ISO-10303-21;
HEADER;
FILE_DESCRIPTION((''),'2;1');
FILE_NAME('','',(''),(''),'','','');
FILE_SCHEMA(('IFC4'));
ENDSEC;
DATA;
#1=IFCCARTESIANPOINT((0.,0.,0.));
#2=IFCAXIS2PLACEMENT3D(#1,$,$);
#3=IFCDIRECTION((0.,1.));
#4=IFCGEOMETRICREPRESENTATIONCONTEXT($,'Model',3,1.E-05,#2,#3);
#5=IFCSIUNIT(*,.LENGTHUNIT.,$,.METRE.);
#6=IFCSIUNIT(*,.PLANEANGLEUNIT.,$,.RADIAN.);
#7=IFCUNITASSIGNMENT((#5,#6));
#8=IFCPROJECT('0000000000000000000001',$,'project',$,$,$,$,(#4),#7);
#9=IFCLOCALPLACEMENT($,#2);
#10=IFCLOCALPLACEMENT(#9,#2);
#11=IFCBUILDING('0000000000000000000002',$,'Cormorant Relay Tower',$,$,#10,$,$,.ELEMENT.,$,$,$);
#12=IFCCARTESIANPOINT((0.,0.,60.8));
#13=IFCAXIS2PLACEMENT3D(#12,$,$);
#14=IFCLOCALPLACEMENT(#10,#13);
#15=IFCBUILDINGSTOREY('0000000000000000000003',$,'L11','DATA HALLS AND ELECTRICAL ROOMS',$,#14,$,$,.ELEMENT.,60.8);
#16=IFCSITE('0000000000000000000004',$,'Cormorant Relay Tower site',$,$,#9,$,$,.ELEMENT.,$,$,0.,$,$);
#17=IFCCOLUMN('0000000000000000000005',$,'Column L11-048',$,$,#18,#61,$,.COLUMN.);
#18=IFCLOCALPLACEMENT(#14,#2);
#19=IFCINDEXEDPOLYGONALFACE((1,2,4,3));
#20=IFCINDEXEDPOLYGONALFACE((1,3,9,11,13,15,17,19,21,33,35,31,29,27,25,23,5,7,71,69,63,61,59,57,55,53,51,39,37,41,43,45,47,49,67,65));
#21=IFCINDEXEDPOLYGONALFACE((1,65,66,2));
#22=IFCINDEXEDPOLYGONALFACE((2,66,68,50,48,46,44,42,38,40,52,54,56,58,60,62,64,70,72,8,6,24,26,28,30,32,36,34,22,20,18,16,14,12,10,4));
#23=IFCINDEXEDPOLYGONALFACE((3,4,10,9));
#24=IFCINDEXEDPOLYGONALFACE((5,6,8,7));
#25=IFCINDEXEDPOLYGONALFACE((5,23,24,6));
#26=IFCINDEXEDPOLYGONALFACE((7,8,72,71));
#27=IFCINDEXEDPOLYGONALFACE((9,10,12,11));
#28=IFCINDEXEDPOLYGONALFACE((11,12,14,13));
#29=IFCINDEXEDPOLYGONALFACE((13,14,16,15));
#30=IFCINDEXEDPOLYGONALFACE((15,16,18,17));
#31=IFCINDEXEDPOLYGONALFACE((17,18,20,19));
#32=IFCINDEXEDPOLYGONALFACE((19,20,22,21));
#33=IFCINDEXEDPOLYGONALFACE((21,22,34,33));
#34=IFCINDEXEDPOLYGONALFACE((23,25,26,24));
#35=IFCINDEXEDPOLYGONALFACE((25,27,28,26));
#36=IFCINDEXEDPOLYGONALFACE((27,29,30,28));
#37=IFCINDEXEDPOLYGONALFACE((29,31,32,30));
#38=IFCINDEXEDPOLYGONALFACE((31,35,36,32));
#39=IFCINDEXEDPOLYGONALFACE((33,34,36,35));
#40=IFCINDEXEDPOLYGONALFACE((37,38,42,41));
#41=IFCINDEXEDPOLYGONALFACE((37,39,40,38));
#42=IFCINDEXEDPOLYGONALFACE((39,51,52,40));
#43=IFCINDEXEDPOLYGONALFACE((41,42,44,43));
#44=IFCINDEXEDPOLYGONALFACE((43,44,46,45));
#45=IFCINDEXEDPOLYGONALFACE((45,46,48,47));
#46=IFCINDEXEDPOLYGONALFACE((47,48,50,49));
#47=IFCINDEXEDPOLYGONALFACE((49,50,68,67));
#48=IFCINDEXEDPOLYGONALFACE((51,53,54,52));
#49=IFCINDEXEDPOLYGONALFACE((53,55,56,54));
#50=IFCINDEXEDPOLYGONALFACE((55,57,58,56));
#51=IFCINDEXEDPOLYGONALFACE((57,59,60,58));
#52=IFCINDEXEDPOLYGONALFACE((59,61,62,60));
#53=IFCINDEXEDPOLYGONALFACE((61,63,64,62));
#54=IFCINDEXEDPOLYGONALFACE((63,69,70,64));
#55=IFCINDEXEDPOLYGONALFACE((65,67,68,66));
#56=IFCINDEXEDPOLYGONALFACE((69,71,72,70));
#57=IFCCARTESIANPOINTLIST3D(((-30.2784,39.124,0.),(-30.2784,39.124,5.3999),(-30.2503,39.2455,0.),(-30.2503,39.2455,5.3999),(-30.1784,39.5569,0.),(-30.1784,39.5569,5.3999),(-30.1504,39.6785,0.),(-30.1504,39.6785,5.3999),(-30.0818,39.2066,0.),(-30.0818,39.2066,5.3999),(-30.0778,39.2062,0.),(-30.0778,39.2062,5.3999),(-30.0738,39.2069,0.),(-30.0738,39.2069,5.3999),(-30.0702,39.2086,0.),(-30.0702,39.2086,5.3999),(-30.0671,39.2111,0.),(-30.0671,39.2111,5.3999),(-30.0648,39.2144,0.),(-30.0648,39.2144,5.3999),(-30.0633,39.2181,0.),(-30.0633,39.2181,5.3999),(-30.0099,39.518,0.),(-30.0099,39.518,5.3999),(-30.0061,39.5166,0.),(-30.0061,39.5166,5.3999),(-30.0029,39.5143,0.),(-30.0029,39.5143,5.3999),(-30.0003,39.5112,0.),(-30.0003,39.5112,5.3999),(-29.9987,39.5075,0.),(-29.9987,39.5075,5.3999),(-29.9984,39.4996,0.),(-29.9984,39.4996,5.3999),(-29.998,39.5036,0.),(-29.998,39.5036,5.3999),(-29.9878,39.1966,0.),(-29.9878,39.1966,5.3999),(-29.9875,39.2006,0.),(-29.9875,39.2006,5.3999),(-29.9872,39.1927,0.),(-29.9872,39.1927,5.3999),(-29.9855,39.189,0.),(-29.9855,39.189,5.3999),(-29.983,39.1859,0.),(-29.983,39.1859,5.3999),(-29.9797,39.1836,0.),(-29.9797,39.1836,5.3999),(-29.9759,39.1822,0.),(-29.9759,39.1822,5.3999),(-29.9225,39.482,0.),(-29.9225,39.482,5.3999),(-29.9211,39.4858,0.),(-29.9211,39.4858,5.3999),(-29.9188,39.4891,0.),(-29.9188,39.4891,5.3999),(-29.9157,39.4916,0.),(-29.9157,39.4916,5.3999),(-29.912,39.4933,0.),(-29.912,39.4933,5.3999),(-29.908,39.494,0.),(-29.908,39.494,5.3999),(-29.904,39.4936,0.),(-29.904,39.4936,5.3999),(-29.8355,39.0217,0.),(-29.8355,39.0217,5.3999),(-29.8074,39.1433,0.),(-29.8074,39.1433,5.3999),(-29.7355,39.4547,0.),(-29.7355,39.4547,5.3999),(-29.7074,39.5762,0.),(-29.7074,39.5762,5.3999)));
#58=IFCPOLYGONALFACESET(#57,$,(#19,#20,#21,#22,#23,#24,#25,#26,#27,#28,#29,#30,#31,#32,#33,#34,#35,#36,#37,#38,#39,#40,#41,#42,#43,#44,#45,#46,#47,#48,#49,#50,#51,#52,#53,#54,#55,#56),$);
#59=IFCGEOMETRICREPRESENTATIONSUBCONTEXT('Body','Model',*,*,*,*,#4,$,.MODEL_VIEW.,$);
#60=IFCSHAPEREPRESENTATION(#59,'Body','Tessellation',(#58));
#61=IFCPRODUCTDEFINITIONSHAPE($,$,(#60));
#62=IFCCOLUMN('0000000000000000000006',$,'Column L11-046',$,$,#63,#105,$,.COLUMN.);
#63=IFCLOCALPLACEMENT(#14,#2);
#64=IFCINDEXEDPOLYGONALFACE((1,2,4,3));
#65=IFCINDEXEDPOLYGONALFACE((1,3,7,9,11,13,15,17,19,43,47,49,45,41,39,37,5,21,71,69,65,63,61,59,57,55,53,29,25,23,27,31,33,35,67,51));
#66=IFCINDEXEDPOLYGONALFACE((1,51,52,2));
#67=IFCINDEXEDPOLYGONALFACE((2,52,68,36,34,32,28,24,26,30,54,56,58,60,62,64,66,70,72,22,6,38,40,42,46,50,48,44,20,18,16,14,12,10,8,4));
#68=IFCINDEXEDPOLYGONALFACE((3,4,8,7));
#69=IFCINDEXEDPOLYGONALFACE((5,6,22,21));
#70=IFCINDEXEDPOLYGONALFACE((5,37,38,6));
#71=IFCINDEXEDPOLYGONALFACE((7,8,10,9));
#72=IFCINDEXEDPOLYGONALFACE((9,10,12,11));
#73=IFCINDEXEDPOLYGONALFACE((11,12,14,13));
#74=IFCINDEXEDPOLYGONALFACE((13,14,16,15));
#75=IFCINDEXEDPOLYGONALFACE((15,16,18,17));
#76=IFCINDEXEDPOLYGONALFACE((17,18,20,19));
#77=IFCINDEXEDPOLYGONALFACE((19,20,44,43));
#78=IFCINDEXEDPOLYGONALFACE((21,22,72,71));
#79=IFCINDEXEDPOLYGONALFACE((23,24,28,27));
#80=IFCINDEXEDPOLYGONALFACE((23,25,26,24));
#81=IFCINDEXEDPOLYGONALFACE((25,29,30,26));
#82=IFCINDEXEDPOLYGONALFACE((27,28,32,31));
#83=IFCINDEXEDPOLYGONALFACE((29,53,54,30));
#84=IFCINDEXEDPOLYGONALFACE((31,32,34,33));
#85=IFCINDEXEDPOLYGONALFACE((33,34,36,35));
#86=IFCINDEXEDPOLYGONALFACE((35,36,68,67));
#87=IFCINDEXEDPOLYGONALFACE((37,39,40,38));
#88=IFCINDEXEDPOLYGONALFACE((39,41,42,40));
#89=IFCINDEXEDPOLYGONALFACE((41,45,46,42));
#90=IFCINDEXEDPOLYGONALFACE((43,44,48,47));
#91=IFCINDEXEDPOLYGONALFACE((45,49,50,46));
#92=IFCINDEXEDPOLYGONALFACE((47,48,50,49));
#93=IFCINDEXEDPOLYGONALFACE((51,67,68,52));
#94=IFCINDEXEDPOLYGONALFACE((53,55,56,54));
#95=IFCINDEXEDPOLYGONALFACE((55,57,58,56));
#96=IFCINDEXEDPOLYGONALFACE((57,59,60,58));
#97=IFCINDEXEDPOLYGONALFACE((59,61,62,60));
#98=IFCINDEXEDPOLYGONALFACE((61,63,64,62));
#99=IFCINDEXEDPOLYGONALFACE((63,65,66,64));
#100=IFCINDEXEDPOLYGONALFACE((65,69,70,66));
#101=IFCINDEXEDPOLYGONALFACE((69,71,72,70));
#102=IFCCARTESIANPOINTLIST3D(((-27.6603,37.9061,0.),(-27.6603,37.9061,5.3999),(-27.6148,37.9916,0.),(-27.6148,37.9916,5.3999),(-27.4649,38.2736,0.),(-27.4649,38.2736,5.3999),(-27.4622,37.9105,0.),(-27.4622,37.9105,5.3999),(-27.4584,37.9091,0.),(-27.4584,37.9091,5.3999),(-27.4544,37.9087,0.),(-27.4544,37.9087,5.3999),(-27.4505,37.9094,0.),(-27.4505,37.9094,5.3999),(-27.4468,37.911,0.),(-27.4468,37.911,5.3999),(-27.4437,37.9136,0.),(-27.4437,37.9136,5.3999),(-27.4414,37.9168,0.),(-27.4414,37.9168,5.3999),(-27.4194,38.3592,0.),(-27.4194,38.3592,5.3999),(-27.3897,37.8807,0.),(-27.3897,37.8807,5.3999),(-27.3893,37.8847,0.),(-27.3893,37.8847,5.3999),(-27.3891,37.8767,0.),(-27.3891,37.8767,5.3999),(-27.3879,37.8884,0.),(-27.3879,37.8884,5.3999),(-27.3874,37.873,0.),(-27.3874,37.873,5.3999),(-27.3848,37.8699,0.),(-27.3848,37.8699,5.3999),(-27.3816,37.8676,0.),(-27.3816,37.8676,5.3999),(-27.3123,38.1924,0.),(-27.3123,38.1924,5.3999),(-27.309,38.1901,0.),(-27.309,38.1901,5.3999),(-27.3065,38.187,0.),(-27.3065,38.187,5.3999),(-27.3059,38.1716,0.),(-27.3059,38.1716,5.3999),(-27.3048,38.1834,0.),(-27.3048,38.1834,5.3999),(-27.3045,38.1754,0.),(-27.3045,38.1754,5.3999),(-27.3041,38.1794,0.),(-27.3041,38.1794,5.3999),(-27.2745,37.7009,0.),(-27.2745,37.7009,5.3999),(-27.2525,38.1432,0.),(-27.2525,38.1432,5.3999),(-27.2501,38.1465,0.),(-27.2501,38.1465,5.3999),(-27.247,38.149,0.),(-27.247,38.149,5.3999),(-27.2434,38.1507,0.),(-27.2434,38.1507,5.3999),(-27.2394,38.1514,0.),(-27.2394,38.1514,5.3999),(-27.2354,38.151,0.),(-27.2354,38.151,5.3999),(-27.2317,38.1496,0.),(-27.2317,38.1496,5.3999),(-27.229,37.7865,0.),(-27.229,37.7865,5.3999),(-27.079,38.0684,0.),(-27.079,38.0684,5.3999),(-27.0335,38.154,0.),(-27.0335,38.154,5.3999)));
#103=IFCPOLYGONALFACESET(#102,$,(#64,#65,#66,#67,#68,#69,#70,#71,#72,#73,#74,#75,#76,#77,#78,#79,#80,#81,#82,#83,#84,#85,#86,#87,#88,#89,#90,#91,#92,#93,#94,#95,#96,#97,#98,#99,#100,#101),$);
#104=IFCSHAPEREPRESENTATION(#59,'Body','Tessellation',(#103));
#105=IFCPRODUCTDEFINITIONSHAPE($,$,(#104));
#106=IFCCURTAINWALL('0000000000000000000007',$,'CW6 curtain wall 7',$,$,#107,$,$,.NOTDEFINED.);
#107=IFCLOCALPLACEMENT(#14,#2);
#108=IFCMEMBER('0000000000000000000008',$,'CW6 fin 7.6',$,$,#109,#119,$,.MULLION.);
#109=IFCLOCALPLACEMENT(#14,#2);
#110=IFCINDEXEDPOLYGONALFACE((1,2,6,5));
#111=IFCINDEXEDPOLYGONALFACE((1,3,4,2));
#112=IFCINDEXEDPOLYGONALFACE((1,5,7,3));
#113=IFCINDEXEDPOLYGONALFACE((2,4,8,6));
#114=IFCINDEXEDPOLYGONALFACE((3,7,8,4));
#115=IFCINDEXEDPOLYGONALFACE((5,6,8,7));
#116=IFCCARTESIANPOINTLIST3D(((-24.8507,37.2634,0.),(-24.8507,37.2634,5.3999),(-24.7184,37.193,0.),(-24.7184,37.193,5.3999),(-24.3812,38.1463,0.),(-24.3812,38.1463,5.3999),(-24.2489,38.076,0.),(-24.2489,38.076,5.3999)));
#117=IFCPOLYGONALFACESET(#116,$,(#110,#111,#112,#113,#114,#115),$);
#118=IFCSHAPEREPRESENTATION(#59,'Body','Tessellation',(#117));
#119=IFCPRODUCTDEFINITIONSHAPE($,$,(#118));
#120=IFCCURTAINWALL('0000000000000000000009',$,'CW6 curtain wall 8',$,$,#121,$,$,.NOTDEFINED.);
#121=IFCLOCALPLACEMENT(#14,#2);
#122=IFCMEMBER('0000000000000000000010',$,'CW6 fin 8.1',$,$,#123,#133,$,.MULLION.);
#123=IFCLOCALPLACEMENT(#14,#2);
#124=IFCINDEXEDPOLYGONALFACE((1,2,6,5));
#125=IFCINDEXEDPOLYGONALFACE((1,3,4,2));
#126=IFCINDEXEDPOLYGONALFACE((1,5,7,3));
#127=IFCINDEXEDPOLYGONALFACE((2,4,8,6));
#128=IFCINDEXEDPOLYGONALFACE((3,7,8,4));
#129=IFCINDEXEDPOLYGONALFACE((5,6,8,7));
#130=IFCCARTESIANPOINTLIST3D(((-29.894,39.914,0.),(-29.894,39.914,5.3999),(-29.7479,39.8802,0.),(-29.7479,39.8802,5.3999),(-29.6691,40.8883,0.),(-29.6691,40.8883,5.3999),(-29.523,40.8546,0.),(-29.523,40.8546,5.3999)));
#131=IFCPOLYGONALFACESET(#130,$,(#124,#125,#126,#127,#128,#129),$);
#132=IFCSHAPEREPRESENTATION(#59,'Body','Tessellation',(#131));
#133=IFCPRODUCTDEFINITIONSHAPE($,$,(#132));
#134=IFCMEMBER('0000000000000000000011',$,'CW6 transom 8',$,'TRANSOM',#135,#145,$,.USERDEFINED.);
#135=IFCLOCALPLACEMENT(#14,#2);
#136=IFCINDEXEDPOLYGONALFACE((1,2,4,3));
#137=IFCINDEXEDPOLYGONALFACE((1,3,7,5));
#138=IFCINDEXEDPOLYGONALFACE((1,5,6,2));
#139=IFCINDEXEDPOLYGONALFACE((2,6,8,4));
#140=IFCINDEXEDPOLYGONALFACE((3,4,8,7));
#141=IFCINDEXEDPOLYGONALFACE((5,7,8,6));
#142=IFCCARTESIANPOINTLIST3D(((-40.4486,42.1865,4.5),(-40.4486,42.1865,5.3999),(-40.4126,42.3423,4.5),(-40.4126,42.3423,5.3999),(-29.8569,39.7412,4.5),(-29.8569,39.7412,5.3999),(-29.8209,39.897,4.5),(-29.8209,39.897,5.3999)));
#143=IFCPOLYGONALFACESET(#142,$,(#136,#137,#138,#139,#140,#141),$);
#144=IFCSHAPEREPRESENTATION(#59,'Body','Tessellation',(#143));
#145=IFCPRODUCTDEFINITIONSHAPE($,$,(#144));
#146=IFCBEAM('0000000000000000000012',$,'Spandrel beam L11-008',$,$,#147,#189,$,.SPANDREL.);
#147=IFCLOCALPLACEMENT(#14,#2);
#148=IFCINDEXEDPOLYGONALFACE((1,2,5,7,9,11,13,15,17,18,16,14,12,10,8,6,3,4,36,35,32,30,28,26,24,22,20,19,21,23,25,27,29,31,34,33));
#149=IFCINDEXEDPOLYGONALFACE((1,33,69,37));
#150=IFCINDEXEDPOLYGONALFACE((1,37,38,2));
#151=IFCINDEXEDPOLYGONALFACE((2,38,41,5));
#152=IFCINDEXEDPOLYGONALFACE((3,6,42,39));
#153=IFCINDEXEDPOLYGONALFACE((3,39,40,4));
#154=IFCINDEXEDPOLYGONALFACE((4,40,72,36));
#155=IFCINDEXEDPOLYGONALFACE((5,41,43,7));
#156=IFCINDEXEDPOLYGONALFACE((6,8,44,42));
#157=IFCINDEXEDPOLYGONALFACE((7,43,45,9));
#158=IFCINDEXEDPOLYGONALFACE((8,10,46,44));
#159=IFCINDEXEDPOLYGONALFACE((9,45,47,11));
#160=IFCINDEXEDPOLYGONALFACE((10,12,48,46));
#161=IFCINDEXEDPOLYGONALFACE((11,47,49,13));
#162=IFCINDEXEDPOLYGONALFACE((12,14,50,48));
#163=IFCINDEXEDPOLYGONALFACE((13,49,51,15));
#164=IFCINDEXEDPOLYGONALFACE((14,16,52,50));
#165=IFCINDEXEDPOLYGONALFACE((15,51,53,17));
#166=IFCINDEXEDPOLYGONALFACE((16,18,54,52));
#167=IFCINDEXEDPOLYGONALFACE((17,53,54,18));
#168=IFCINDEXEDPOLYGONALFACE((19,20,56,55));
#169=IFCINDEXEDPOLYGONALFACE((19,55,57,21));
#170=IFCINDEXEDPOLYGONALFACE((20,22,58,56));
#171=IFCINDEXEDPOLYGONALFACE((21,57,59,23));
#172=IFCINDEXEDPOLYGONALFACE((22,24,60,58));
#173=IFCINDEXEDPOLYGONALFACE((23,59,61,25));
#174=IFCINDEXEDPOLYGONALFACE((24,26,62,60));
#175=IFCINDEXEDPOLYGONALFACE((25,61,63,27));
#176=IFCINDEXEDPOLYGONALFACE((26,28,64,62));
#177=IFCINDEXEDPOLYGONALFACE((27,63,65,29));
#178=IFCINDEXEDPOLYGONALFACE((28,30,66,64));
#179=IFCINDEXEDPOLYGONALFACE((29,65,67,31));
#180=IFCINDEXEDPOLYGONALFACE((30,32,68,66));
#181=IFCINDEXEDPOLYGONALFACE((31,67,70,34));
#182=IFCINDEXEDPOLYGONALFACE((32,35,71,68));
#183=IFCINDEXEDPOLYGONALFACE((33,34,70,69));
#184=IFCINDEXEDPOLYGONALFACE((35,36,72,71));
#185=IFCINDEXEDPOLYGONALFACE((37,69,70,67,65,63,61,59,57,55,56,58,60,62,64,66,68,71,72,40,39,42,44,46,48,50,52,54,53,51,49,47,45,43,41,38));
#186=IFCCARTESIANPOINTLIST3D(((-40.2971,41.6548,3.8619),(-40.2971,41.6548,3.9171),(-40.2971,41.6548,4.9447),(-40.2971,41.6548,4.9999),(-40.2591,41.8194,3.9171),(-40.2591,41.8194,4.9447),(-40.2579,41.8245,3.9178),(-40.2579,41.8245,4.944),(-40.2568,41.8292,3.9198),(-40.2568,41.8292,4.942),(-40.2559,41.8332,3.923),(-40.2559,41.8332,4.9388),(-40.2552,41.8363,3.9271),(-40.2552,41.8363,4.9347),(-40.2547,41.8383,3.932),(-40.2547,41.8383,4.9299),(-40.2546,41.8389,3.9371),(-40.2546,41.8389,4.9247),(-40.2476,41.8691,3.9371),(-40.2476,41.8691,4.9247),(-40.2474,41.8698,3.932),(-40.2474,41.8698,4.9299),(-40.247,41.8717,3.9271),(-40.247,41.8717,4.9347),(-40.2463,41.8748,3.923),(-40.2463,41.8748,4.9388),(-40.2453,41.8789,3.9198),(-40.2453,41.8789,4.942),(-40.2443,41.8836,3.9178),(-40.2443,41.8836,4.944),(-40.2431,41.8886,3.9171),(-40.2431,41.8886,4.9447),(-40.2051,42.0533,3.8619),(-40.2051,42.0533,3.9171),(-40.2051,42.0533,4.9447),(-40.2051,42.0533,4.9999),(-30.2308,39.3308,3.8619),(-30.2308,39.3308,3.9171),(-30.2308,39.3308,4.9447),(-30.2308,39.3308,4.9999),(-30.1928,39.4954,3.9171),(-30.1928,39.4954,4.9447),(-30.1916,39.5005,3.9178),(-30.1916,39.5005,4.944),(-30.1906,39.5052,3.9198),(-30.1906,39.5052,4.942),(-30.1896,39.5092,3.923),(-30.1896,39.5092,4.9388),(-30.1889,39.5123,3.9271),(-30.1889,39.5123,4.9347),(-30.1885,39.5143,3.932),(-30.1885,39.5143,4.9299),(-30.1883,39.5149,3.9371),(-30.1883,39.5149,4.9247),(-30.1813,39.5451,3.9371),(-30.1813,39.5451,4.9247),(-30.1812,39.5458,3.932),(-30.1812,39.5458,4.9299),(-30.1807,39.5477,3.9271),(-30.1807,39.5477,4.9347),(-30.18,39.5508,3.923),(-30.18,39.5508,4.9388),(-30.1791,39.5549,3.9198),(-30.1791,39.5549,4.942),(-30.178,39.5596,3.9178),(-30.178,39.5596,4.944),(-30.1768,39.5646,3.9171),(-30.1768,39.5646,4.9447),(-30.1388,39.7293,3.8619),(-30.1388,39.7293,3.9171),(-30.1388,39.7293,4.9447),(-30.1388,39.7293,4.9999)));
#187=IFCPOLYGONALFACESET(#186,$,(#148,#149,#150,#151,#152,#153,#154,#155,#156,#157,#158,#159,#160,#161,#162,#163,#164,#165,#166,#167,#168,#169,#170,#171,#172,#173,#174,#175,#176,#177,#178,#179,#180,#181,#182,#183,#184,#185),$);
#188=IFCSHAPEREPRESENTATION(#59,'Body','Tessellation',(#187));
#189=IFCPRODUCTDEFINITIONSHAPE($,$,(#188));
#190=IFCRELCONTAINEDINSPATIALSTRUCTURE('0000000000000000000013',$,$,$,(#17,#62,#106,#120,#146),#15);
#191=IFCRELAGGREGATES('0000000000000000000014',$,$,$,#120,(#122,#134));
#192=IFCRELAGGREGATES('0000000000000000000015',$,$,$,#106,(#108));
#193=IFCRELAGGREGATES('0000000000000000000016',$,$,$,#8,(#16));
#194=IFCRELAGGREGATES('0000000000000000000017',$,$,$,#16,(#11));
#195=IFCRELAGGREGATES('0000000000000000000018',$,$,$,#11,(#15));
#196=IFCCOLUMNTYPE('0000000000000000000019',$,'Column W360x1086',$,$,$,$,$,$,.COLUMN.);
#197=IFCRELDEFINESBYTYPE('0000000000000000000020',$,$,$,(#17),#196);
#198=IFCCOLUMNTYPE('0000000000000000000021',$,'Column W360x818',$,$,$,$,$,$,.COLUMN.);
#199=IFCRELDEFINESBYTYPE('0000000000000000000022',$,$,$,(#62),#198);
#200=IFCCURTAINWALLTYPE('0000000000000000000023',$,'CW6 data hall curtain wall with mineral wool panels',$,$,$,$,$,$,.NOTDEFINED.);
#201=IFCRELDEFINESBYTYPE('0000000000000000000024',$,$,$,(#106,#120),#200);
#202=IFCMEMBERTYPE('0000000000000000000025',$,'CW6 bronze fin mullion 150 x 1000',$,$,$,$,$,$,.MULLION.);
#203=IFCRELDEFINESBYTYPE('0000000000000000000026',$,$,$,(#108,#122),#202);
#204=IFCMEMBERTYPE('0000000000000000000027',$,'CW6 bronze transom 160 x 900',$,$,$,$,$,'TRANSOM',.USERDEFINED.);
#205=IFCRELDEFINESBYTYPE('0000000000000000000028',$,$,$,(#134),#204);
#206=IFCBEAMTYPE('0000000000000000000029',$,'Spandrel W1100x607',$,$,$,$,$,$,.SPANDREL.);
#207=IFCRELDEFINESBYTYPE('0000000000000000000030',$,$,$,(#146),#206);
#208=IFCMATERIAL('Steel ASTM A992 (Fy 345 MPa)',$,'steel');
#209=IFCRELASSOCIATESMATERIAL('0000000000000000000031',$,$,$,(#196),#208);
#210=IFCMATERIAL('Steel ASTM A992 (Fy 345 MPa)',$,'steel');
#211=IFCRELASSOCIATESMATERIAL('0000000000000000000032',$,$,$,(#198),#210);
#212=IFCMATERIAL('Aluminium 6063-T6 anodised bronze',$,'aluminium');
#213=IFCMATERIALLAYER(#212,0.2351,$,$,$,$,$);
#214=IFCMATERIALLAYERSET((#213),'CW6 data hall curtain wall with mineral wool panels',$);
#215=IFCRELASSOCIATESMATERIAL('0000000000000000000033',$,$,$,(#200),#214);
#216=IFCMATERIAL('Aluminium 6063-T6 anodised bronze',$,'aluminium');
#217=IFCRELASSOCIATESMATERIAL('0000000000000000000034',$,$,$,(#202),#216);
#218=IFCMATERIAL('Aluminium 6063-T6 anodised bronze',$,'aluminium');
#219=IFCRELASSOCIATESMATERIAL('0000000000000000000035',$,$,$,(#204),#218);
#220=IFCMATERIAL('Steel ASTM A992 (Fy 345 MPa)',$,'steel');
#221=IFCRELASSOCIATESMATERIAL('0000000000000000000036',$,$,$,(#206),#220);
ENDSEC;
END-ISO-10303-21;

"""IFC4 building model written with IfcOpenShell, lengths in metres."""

from ifc_helpers import new_model, si_unit, direction, frame, origin, origin_2d, place, context, subcontext, project, spatial, rectangle, i_section, extrude, material, layer, layer_set, material_profile, profile_set, type_object, element, aggregate, save


model = new_model("IFC4")

# Units and contexts
model_context = context("Model", 3, precision=1e-05, world=origin(), true_north=direction((0.0, 1.0)))
body_context = subcontext(model_context, "Body", "Model", "MODEL_VIEW")
ifc_project = project(units=[si_unit("LENGTHUNIT", "METRE"), si_unit("PLANEANGLEUNIT", "RADIAN")], contexts=[model_context])

# Site, building, storey
site_placement = place(None, origin())
site = spatial("IfcSite", under=ifc_project, at=site_placement, Name="Cormorant Relay Tower site", CompositionType="ELEMENT", RefElevation=0.0)
building_placement = place(site_placement, origin())
building = spatial("IfcBuilding", under=site, at=building_placement, Name="Cormorant Relay Tower", CompositionType="ELEMENT")
storey_placement = place(building_placement, frame((0.0, 0.0, 60.8)))
storey = spatial("IfcBuildingStorey", under=building, at=storey_placement, Name="L11", Description="DATA HALLS AND ELECTRICAL ROOMS", CompositionType="ELEMENT", Elevation=60.8)

# Columns
ifc_material_1 = material(Name="Steel ASTM A992 (Fy 345 MPa)", Category="steel")
ifc_material_profile_1 = material_profile(ifc_material_1, i_section(OverallWidth=0.4546, OverallDepth=0.5691, WebThickness=0.0779, FlangeThickness=0.1248, FilletRadius=0.0154, at=origin_2d()), Name="W360x1086")
ifc_profile_set_1 = profile_set([ifc_material_profile_1], Name="Steel ASTM A992 (Fy 345 MPa)")
column_type_1 = type_object("IfcColumnType", Name="Column W360x1086", PredefinedType="COLUMN", material=ifc_profile_set_1)
column_1_placement = place(storey_placement, frame((-29.9929, 39.3501, 0.0), z_axis=(0.0, 0.0, 1.0), x_axis=(-0.97437, 0.224951, 0.0)))
element("IfcColumn", 1, at=column_1_placement, inside=storey, type_object=column_type_1, Name="Column L11-048", PredefinedType="COLUMN", context=body_context, shape_type="SweptSolid", body=[
    extrude(i_section(OverallWidth=0.4546, OverallDepth=0.5691, WebThickness=0.0779, FlangeThickness=0.1248, FilletRadius=0.0154, at=origin_2d()), origin(), (0.0, 0.0, 1.0), 5.3999),
])
ifc_material_2 = material(Name="Steel ASTM A992 (Fy 345 MPa)", Category="steel")
ifc_material_profile_2 = material_profile(ifc_material_2, i_section(OverallWidth=0.437, OverallDepth=0.5132, WebThickness=0.0605, FlangeThickness=0.0969, FilletRadius=0.0154, at=origin_2d()), Name="W360x818")
ifc_profile_set_2 = profile_set([ifc_material_profile_2], Name="Steel ASTM A992 (Fy 345 MPa)")
column_type_2 = type_object("IfcColumnType", Name="Column W360x818", PredefinedType="COLUMN", material=ifc_profile_set_2)
column_2_placement = place(storey_placement, frame((-27.3469, 38.03, 0.0), z_axis=(0.0, 0.0, 1.0), x_axis=(-0.882948, 0.469472, 0.0)))
element("IfcColumn", 2, at=column_2_placement, inside=storey, type_object=column_type_2, Name="Column L11-046", PredefinedType="COLUMN", context=body_context, shape_type="SweptSolid", body=[
    extrude(i_section(OverallWidth=0.437, OverallDepth=0.5132, WebThickness=0.0605, FlangeThickness=0.0969, FilletRadius=0.0154, at=origin_2d()), origin(), (0.0, 0.0, 1.0), 5.3999),
])

# Curtain wall, member
ifc_material_3 = material(Name="Aluminium 6063-T6 anodised bronze", Category="aluminium")
ifc_layer_1 = layer(ifc_material_3, 0.2351)
ifc_layer_set_1 = layer_set([ifc_layer_1], Name="CW6 data hall curtain wall with mineral wool panels")
curtain_wall_type = type_object("IfcCurtainWallType", Name="CW6 data hall curtain wall with mineral wool panels", PredefinedType="NOTDEFINED", material=ifc_layer_set_1)
curtain_wall_1_placement = place(storey_placement, origin())
curtain_wall_1 = element("IfcCurtainWall", 3, at=curtain_wall_1_placement, inside=storey, type_object=curtain_wall_type, Name="CW6 curtain wall 7", PredefinedType="NOTDEFINED")
ifc_material_4 = material(Name="Aluminium 6063-T6 anodised bronze", Category="aluminium")
ifc_material_profile_3 = material_profile(ifc_material_4, rectangle(XDim=0.1499, YDim=1.0, at=origin_2d()), Name="AL 150x1000")
ifc_profile_set_3 = profile_set([ifc_material_profile_3], Name="Aluminium 6063-T6 anodised bronze")
member_type_1 = type_object("IfcMemberType", Name="CW6 bronze fin mullion 150 x 1000", PredefinedType="MULLION", material=ifc_profile_set_3)
member_1_placement = place(storey_placement, frame((-24.5498, 37.6697, 0.0), z_axis=(0.0, 0.0, 1.0), x_axis=(-0.882948, 0.469472, 0.0)))
member_1 = element("IfcMember", 4, at=member_1_placement, type_object=member_type_1, Name="CW6 fin 7.6", PredefinedType="MULLION", context=body_context, shape_type="SweptSolid", body=[
    extrude(rectangle(XDim=0.1499, YDim=1.0, at=origin_2d()), origin(), (0.0, 0.0, 1.0), 5.3999),
])

# Curtain wall, members
curtain_wall_2_placement = place(storey_placement, origin())
curtain_wall_2 = element("IfcCurtainWall", 5, at=curtain_wall_2_placement, inside=storey, type_object=curtain_wall_type, Name="CW6 curtain wall 8", PredefinedType="NOTDEFINED")
member_2_placement = place(storey_placement, frame((-29.7085, 40.3843, 0.0), z_axis=(0.0, 0.0, 1.0), x_axis=(-0.97437, 0.224951, 0.0)))
member_2 = element("IfcMember", 6, at=member_2_placement, type_object=member_type_1, Name="CW6 fin 8.1", PredefinedType="MULLION", context=body_context, shape_type="SweptSolid", body=[
    extrude(rectangle(XDim=0.1499, YDim=1.0, at=origin_2d()), origin(), (0.0, 0.0, 1.0), 5.3999),
])
ifc_material_5 = material(Name="Aluminium 6063-T6 anodised bronze", Category="aluminium")
ifc_material_profile_4 = material_profile(ifc_material_5, rectangle(XDim=0.1599, YDim=0.8999, at=origin_2d()), Name="AL 160x900")
ifc_profile_set_4 = profile_set([ifc_material_profile_4], Name="Aluminium 6063-T6 anodised bronze")
member_type_2 = type_object("IfcMemberType", Name="CW6 bronze transom 160 x 900", ElementType="TRANSOM", PredefinedType="USERDEFINED", material=ifc_profile_set_4)
member_3_placement = place(storey_placement, frame((-29.8389, 39.8191, 4.95), z_axis=(-0.97437, 0.224951, 0.0), x_axis=(-0.224951, -0.97437, 0.0)))
member_3 = element("IfcMember", 7, at=member_3_placement, type_object=member_type_2, Name="CW6 transom 8", ObjectType="TRANSOM", PredefinedType="USERDEFINED", context=body_context, shape_type="SweptSolid", body=[
    extrude(rectangle(XDim=0.1599, YDim=0.8999, at=origin_2d()), origin(), (0.0, 0.0, 1.0), 10.8704),
])
aggregate(curtain_wall_2, [member_2, member_3])

# Beam
ifc_material_6 = material(Name="Steel ASTM A992 (Fy 345 MPa)", Category="steel")
ifc_material_profile_5 = material_profile(ifc_material_6, i_section(OverallWidth=0.4089, OverallDepth=1.1379, WebThickness=0.031, FlangeThickness=0.0552, FilletRadius=0.02, at=origin_2d()), Name="W1100x607")
ifc_profile_set_5 = profile_set([ifc_material_profile_5], Name="Steel ASTM A992 (Fy 345 MPa)")
beam_type = type_object("IfcBeamType", Name="Spandrel W1100x607", PredefinedType="SPANDREL", material=ifc_profile_set_5)
beam_placement = place(storey_placement, frame((-30.1848, 39.53, 4.4309), z_axis=(-0.97437, 0.224953, 0.0), x_axis=(-0.224953, -0.97437, 0.0)))
element("IfcBeam", 8, at=beam_placement, inside=storey, type_object=beam_type, Name="Spandrel beam L11-008", PredefinedType="SPANDREL", context=body_context, shape_type="SweptSolid", body=[
    extrude(i_section(OverallWidth=0.4089, OverallDepth=1.1379, WebThickness=0.031, FlangeThickness=0.0552, FilletRadius=0.02, at=origin_2d()), origin(), (0.0, 0.0, 1.0), 10.3311),
])

aggregate(curtain_wall_1, [member_1])

save(model, "model.ifc")
